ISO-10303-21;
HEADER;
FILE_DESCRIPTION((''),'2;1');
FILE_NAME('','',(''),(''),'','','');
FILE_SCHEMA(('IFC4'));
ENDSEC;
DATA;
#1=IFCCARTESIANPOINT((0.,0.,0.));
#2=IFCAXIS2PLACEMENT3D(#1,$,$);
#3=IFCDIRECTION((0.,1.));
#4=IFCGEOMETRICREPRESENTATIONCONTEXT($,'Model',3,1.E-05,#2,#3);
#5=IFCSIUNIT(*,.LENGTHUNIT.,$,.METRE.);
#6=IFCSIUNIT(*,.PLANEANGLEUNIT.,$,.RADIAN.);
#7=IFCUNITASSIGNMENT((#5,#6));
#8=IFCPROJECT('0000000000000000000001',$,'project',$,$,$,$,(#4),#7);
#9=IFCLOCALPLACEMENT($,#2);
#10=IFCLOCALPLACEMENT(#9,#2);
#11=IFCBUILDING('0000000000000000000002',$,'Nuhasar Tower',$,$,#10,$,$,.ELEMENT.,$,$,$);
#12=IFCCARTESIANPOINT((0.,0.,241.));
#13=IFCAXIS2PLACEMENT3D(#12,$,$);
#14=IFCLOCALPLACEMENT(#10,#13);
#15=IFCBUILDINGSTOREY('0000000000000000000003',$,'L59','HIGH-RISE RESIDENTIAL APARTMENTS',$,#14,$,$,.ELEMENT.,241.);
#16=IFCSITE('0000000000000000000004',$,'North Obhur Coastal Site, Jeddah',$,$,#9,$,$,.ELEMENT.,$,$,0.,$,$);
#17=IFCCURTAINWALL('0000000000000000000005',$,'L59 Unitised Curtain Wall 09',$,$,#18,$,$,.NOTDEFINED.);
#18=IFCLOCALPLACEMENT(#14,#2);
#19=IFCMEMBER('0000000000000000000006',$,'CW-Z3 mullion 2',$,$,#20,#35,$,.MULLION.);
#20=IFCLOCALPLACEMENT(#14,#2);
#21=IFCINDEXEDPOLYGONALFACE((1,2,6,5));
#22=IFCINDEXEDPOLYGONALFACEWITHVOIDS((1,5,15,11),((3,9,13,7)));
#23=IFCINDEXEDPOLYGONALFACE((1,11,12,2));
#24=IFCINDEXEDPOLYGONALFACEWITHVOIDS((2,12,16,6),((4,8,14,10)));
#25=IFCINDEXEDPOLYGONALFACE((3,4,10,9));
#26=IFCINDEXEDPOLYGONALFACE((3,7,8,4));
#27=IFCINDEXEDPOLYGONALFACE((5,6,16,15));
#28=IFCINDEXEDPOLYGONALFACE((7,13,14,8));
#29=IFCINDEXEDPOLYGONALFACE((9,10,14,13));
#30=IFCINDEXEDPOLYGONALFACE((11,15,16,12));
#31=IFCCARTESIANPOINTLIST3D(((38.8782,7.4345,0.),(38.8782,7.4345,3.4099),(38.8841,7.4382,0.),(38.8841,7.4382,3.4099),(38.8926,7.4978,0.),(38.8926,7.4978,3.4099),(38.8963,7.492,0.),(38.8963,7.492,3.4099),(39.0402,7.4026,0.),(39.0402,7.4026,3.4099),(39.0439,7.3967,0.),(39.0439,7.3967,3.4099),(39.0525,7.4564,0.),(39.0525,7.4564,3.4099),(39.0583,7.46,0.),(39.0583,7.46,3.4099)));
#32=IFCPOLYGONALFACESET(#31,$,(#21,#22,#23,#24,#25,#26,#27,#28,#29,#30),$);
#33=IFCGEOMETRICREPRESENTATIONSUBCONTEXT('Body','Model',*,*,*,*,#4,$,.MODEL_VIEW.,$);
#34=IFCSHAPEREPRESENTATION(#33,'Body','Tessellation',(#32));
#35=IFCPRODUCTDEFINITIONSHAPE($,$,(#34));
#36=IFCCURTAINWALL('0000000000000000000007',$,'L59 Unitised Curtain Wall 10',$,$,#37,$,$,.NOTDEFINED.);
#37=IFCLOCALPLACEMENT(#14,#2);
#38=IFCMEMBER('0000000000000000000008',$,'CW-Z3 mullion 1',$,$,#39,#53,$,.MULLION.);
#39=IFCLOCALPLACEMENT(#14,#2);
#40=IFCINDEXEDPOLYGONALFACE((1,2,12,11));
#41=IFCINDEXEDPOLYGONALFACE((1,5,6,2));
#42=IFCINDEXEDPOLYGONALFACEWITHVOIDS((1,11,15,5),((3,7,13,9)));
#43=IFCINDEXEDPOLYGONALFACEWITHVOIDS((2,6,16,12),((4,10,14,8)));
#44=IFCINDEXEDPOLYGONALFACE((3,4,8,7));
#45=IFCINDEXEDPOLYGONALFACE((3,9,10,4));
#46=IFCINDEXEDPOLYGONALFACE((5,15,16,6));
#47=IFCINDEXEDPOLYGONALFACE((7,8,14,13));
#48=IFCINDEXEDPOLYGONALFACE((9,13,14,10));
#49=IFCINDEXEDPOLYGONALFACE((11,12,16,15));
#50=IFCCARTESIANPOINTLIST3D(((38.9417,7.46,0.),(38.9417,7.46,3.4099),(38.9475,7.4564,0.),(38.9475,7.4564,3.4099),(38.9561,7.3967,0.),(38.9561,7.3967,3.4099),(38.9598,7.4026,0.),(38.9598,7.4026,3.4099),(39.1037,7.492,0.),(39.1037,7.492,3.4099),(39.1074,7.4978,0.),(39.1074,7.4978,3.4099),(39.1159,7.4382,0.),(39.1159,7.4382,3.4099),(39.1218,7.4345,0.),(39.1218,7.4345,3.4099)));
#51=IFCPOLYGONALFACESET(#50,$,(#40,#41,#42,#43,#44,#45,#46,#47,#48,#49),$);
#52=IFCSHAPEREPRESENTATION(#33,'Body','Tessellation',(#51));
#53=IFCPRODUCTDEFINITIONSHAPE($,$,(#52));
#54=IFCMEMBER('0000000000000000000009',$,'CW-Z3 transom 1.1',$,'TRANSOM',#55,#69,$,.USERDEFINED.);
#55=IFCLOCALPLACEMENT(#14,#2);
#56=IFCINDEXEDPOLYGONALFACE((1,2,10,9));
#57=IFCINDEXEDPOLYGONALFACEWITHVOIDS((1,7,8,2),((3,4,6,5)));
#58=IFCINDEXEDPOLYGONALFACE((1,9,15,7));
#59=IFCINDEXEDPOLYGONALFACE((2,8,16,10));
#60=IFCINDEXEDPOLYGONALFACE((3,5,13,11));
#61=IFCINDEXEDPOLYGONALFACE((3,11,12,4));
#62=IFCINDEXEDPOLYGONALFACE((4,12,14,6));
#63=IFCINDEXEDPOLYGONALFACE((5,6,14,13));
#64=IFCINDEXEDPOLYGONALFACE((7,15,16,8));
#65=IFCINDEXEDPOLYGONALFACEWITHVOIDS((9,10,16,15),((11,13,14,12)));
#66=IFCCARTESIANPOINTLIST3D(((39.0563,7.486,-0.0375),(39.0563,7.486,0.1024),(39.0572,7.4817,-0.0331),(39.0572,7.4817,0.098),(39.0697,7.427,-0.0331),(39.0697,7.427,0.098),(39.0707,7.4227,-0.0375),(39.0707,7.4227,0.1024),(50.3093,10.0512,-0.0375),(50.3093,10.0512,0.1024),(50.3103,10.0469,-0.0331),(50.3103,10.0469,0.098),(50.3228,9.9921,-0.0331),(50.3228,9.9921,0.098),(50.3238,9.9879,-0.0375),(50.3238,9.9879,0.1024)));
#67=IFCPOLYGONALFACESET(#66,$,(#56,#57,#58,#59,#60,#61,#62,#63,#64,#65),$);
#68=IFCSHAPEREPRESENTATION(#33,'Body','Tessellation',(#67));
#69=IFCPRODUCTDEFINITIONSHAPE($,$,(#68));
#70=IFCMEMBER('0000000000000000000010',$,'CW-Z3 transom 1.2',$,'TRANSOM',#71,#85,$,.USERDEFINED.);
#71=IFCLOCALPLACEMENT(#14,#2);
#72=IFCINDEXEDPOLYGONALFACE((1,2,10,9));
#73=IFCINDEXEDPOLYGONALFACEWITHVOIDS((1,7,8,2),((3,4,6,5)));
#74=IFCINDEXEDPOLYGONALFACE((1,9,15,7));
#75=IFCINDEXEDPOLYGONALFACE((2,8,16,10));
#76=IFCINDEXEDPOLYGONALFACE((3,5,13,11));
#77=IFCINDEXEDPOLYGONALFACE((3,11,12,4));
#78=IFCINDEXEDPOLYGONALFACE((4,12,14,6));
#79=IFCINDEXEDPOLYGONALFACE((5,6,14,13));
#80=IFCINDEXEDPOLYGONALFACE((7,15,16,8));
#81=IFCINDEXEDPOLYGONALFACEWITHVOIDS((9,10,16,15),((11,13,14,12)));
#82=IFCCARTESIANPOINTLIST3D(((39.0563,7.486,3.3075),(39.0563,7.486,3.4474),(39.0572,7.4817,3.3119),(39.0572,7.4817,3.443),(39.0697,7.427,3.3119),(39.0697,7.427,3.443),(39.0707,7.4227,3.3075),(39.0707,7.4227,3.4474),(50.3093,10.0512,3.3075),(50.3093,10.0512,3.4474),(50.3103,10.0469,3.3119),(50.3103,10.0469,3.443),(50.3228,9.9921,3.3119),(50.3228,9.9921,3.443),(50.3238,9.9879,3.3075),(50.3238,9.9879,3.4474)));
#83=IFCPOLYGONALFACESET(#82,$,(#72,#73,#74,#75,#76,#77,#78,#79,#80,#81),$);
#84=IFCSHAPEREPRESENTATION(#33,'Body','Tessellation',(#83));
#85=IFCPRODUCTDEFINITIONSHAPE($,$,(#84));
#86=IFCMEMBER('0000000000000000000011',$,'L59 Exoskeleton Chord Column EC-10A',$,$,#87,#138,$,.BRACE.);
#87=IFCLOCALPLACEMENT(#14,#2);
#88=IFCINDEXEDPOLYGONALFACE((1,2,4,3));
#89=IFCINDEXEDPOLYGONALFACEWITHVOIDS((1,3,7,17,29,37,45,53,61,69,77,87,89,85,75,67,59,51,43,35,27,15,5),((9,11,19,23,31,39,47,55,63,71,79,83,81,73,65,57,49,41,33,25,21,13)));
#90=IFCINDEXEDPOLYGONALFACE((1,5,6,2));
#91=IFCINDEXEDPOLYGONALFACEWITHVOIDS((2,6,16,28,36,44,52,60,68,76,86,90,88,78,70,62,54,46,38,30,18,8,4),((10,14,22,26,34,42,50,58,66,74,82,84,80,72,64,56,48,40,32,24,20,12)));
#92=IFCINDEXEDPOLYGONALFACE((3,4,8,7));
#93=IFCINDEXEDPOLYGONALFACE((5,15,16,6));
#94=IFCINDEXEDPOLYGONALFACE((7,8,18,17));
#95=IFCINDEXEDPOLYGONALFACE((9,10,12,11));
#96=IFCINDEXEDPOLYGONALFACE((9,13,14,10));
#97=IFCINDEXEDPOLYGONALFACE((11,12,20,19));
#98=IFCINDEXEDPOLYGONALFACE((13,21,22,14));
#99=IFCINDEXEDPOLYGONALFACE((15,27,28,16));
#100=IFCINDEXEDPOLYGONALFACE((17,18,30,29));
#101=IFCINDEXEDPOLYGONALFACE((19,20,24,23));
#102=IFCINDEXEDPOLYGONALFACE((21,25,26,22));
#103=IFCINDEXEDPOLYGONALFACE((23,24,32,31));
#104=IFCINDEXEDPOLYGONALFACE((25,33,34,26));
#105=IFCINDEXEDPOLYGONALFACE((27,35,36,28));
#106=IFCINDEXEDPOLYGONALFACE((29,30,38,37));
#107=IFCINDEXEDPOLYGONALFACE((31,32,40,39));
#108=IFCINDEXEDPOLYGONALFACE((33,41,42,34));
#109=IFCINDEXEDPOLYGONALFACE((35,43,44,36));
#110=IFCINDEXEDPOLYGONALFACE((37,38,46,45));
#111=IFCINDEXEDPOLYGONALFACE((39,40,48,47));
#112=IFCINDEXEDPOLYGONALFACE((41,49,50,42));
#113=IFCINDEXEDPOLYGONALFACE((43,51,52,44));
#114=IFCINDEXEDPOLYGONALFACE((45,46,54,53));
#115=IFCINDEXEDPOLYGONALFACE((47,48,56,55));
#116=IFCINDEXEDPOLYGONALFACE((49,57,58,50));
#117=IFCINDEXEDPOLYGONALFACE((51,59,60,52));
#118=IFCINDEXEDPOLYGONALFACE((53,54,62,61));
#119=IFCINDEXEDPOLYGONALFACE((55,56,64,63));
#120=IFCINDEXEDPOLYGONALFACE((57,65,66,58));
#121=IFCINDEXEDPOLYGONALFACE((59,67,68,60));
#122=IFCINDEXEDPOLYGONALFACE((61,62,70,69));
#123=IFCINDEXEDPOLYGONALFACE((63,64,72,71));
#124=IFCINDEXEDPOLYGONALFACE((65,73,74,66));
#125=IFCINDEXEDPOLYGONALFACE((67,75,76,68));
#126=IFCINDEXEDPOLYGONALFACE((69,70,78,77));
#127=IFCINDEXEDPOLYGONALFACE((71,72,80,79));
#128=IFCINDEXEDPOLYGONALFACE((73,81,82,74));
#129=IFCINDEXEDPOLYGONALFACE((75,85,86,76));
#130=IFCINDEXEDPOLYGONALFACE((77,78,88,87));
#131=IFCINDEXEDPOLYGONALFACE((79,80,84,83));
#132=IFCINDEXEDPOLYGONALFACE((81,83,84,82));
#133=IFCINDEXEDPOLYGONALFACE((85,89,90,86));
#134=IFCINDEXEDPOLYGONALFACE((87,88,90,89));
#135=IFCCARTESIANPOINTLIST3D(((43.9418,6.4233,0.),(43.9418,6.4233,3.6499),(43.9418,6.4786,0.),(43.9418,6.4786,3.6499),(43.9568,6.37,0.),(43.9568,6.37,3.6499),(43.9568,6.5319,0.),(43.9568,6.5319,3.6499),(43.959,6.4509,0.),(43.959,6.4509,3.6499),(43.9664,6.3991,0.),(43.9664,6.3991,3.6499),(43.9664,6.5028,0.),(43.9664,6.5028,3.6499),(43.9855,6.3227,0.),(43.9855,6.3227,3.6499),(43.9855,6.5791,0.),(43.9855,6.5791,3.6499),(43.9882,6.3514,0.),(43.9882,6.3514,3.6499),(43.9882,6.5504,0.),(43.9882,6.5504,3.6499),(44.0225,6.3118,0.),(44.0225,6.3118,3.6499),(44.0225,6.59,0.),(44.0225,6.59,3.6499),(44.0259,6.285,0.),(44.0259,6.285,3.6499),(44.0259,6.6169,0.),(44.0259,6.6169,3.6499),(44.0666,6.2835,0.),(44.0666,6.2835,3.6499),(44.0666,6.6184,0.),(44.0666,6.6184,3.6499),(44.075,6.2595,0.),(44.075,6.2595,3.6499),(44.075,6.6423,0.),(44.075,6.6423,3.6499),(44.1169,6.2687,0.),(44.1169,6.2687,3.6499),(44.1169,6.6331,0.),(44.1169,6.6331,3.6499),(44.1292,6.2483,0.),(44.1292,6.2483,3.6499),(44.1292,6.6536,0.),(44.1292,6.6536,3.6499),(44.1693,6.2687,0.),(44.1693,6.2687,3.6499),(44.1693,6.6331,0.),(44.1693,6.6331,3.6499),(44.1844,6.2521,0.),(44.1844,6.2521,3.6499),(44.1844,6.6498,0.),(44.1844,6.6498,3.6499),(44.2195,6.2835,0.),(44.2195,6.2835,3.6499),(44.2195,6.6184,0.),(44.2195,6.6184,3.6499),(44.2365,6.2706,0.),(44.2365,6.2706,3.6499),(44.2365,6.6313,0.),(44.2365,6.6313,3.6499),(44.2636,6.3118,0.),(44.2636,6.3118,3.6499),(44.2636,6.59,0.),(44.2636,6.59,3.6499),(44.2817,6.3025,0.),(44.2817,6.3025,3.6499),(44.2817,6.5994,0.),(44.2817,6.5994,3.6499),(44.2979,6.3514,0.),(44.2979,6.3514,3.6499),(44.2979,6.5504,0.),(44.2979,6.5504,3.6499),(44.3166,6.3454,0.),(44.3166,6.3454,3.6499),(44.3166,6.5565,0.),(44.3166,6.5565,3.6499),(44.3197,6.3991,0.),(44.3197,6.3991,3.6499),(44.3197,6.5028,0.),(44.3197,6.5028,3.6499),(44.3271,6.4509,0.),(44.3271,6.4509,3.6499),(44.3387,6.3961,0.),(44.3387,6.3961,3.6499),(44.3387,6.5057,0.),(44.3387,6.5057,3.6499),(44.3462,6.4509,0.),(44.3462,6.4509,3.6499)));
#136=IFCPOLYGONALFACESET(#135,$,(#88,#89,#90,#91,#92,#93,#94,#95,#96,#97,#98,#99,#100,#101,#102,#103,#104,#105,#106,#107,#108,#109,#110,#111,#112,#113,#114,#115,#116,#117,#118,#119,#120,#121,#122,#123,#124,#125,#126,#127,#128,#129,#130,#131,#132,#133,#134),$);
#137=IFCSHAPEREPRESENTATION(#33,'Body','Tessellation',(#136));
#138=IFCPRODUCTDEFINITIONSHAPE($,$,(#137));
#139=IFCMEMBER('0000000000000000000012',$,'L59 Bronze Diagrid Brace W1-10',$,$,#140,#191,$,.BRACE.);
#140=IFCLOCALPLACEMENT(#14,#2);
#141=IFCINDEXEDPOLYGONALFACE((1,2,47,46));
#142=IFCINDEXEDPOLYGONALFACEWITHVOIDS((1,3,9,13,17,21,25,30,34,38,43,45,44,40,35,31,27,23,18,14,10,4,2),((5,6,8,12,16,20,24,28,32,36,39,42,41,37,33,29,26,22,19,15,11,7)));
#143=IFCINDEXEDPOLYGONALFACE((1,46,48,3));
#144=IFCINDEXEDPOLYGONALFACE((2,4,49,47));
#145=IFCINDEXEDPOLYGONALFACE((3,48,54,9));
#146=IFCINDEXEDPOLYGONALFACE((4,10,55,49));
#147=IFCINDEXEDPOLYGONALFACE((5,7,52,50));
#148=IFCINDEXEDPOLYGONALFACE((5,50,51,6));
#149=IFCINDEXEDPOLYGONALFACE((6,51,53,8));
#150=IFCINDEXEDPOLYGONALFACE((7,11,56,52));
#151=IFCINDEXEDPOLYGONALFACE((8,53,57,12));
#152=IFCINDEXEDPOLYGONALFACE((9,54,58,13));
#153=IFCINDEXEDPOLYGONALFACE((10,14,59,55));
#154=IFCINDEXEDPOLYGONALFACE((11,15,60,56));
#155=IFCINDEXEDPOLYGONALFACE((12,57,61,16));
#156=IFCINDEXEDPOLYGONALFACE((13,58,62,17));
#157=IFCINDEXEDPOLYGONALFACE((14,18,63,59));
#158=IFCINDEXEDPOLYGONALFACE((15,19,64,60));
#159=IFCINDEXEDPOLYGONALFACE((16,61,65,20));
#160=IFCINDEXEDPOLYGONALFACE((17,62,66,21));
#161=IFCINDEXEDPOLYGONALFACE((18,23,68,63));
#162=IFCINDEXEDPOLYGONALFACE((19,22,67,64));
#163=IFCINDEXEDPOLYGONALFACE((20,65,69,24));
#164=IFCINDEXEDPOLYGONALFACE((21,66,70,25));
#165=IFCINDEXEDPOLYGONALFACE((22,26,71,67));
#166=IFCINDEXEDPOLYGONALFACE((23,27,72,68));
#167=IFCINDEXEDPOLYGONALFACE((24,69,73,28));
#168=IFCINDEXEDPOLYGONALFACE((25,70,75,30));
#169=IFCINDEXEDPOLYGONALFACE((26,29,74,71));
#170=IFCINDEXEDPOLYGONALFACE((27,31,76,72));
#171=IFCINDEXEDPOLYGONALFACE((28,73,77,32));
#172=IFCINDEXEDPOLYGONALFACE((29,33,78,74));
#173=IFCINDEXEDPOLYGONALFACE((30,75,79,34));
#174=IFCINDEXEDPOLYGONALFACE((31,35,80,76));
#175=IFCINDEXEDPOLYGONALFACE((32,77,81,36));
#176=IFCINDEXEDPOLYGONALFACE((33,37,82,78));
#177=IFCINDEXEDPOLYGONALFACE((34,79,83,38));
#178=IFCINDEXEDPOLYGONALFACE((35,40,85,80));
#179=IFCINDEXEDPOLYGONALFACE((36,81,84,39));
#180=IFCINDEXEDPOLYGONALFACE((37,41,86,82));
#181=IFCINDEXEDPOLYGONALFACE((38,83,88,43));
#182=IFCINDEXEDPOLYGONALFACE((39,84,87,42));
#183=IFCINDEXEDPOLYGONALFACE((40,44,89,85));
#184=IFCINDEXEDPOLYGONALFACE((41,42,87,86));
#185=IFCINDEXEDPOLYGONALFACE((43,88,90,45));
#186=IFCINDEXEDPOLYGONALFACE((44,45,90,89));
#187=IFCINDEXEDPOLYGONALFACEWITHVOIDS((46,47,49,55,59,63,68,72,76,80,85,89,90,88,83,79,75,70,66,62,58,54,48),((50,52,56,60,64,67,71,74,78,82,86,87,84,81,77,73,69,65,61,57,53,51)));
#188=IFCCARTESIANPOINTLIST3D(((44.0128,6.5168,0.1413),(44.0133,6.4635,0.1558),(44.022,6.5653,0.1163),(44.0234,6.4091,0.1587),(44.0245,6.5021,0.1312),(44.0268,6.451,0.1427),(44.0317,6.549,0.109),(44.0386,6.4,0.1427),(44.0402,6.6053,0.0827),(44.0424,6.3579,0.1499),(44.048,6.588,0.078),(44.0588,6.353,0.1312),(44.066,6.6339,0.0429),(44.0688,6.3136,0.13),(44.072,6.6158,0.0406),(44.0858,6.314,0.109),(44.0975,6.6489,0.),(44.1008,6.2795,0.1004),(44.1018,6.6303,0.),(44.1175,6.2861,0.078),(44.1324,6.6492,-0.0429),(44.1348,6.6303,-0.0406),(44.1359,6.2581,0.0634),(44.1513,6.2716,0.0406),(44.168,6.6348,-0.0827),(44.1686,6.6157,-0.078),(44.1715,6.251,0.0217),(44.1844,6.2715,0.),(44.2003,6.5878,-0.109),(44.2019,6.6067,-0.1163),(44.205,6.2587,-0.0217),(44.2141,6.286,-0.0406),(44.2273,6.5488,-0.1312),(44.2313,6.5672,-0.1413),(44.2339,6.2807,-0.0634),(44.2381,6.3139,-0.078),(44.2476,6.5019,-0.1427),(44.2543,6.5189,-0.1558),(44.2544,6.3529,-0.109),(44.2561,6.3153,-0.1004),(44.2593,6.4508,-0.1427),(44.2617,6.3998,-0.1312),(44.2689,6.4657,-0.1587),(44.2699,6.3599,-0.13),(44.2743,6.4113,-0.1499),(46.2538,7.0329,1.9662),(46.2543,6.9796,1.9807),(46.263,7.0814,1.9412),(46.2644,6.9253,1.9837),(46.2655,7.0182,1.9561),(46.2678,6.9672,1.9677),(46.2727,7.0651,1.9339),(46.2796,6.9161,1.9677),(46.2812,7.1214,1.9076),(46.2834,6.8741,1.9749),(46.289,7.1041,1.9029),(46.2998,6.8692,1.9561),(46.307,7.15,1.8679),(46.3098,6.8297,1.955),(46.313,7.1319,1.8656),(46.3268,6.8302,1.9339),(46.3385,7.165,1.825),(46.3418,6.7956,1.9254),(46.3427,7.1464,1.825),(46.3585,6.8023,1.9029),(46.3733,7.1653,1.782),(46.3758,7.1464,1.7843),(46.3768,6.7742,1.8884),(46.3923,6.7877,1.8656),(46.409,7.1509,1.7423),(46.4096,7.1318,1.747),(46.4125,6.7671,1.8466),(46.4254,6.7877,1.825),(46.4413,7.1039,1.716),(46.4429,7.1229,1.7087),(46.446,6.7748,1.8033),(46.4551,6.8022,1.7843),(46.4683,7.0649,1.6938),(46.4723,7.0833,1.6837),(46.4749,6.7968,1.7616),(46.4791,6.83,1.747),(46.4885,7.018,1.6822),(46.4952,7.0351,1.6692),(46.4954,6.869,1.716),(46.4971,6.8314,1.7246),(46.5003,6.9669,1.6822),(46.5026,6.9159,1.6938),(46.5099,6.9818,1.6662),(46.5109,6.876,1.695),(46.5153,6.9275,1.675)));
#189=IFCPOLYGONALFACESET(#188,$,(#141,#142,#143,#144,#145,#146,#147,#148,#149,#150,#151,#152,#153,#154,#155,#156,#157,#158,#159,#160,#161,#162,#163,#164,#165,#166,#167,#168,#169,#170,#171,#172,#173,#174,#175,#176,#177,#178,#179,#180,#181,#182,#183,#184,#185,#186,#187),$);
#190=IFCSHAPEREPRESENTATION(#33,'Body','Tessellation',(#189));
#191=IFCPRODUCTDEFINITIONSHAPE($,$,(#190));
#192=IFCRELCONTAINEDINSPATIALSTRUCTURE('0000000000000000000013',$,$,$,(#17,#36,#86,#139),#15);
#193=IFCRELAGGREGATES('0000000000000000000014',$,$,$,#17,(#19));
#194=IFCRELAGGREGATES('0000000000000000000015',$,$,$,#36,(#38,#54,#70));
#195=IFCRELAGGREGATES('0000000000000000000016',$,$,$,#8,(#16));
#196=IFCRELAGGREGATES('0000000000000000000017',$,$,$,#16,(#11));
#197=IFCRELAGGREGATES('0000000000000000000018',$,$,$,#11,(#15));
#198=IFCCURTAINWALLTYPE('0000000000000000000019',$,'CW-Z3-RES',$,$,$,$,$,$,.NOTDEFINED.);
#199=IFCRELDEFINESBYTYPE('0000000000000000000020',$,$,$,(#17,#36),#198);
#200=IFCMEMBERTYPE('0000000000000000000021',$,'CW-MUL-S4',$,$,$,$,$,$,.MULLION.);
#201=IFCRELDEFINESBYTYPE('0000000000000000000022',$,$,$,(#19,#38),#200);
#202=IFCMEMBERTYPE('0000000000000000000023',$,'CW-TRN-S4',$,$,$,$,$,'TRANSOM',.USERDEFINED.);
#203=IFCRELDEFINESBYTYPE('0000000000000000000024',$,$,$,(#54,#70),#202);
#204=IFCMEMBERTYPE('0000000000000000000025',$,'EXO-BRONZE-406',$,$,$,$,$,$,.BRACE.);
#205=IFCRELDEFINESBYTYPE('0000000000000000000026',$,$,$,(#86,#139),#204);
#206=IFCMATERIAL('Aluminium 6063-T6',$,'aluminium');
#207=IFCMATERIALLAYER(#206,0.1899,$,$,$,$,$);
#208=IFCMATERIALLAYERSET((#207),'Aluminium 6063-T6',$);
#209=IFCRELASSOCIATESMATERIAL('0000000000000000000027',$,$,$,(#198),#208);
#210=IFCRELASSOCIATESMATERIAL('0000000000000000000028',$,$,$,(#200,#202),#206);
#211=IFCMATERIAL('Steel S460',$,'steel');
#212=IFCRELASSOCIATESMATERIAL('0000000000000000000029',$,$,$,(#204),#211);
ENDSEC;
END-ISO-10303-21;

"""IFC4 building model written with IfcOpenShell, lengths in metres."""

from ifc_helpers import new_model, si_unit, direction, frame, origin, origin_2d, place, context, subcontext, project, spatial, hollow_rectangle, hollow_circle, extrude, material, layer, layer_set, material_profile, profile_set, type_object, element, aggregate, save


model = new_model("IFC4")

# Units and contexts
model_context = context("Model", 3, precision=1e-05, world=origin(), true_north=direction((0.0, 1.0)))
body_context = subcontext(model_context, "Body", "Model", "MODEL_VIEW")
ifc_project = project(units=[si_unit("LENGTHUNIT", "METRE"), si_unit("PLANEANGLEUNIT", "RADIAN")], contexts=[model_context])

# Site, building, storey
site_placement = place(None, origin())
site = spatial("IfcSite", under=ifc_project, at=site_placement, Name="North Obhur Coastal Site, Jeddah", CompositionType="ELEMENT", RefElevation=0.0)
building_placement = place(site_placement, origin())
building = spatial("IfcBuilding", under=site, at=building_placement, Name="Nuhasar Tower", CompositionType="ELEMENT")
storey_placement = place(building_placement, frame((0.0, 0.0, 241.0)))
storey = spatial("IfcBuildingStorey", under=building, at=storey_placement, Name="L59", Description="HIGH-RISE RESIDENTIAL APARTMENTS", CompositionType="ELEMENT", Elevation=241.0)

# Curtain wall, member
ifc_material_1 = material(Name="Aluminium 6063-T6", Category="aluminium")
ifc_layer_1 = layer(ifc_material_1, 0.1899)
ifc_layer_set_1 = layer_set([ifc_layer_1], Name="Aluminium 6063-T6")
curtain_wall_type = type_object("IfcCurtainWallType", Name="CW-Z3-RES", PredefinedType="NOTDEFINED", material=ifc_layer_set_1)
curtain_wall_1_placement = place(storey_placement, origin())
curtain_wall_1 = element("IfcCurtainWall", 1, at=curtain_wall_1_placement, inside=storey, type_object=curtain_wall_type, Name="L59 Unitised Curtain Wall 09", PredefinedType="NOTDEFINED")
ifc_material_profile_1 = material_profile(ifc_material_1, hollow_rectangle(XDim=0.0649, YDim=0.1699, WallThickness=0.0049, at=origin_2d()), Name="CWM-4")
ifc_profile_set_1 = profile_set([ifc_material_profile_1], Name="Aluminium 6063-T6")
member_type_1 = type_object("IfcMemberType", Name="CW-MUL-S4", PredefinedType="MULLION", material=ifc_profile_set_1)
member_1_placement = place(storey_placement, frame((38.9683, 7.4473, 0.0), z_axis=(0.0, 0.0, 1.0), x_axis=(0.222243, 0.974991, 0.0)))
member_1 = element("IfcMember", 2, at=member_1_placement, type_object=member_type_1, Name="CW-Z3 mullion 2", PredefinedType="MULLION", context=body_context, shape_type="SweptSolid", body=[
    extrude(hollow_rectangle(XDim=0.0649, YDim=0.1699, WallThickness=0.0049, at=origin_2d()), origin(), (0.0, 0.0, 1.0), 3.4099),
])
aggregate(curtain_wall_1, [member_1])

# Curtain wall, members
curtain_wall_2_placement = place(storey_placement, origin())
curtain_wall_2 = element("IfcCurtainWall", 3, at=curtain_wall_2_placement, inside=storey, type_object=curtain_wall_type, Name="L59 Unitised Curtain Wall 10", PredefinedType="NOTDEFINED")
member_2_placement = place(storey_placement, frame((39.0317, 7.4473, 0.0), z_axis=(0.0, 0.0, 1.0), x_axis=(-0.222243, 0.974991, 0.0)))
member_2 = element("IfcMember", 4, at=member_2_placement, type_object=member_type_1, Name="CW-Z3 mullion 1", PredefinedType="MULLION", context=body_context, shape_type="SweptSolid", body=[
    extrude(hollow_rectangle(XDim=0.0649, YDim=0.1699, WallThickness=0.0049, at=origin_2d()), origin(), (0.0, 0.0, 1.0), 3.4099),
])
ifc_material_profile_2 = material_profile(ifc_material_1, hollow_rectangle(XDim=0.0649, YDim=0.1399, WallThickness=0.0044, at=origin_2d()), Name="CWT-4")
ifc_profile_set_2 = profile_set([ifc_material_profile_2], Name="Aluminium 6063-T6")
member_type_2 = type_object("IfcMemberType", Name="CW-TRN-S4", ElementType="TRANSOM", PredefinedType="USERDEFINED", material=ifc_profile_set_2)
member_3_placement = place(storey_placement, frame((39.0635, 7.4543, 0.0325), z_axis=(0.974989, 0.222251, 0.0), x_axis=(-0.222251, 0.974989, 0.0)))
member_3 = element("IfcMember", 5, at=member_3_placement, type_object=member_type_2, Name="CW-Z3 transom 1.1", ObjectType="TRANSOM", PredefinedType="USERDEFINED", context=body_context, shape_type="SweptSolid", body=[
    extrude(hollow_rectangle(XDim=0.0649, YDim=0.1399, WallThickness=0.0044, at=origin_2d()), origin(), (0.0, 0.0, 1.0), 11.5417),
])
member_4_placement = place(storey_placement, frame((39.0635, 7.4543, 3.3774), z_axis=(0.974989, 0.222251, 0.0), x_axis=(-0.222251, 0.974989, 0.0)))
member_4 = element("IfcMember", 6, at=member_4_placement, type_object=member_type_2, Name="CW-Z3 transom 1.2", ObjectType="TRANSOM", PredefinedType="USERDEFINED", context=body_context, shape_type="SweptSolid", body=[
    extrude(hollow_rectangle(XDim=0.0649, YDim=0.1399, WallThickness=0.0044, at=origin_2d()), origin(), (0.0, 0.0, 1.0), 11.5417),
])

# Members
ifc_material_2 = material(Name="Steel S460", Category="steel")
ifc_material_profile_3 = material_profile(ifc_material_2, hollow_circle(Radius=0.2031, WallThickness=0.019, at=origin_2d()), Name="HSS406.4X19.1")
ifc_profile_set_3 = profile_set([ifc_material_profile_3], Name="Steel S460")
member_type_3 = type_object("IfcMemberType", Name="EXO-BRONZE-406", PredefinedType="BRACE", material=ifc_profile_set_3)
member_5_placement = place(storey_placement, frame((44.1431, 6.4509, 0.0), z_axis=(0.0, 0.0, 1.0), x_axis=(1.0, 0.0, 0.0)))
element("IfcMember", 7, at=member_5_placement, inside=storey, type_object=member_type_3, Name="L59 Exoskeleton Chord Column EC-10A", PredefinedType="BRACE", context=body_context, shape_type="SweptSolid", body=[
    extrude(hollow_circle(Radius=0.2031, WallThickness=0.019, at=origin_2d()), origin(), (0.0, 0.0, 1.0), 3.6499),
])
member_6_placement = place(storey_placement, frame((44.1431, 6.4509, 0.0), z_axis=(0.763332, 0.175802, 0.621626), x_axis=(-0.224433, 0.97449, 0.0)))
element("IfcMember", 8, at=member_6_placement, inside=storey, type_object=member_type_3, Name="L59 Bronze Diagrid Brace W1-10", PredefinedType="BRACE", context=body_context, shape_type="SweptSolid", body=[
    extrude(hollow_circle(Radius=0.2031, WallThickness=0.019, at=origin_2d()), origin(), (0.0, 0.0, 1.0), 2.9358),
])

aggregate(curtain_wall_2, [member_2, member_3, member_4])

save(model, "model.ifc")
